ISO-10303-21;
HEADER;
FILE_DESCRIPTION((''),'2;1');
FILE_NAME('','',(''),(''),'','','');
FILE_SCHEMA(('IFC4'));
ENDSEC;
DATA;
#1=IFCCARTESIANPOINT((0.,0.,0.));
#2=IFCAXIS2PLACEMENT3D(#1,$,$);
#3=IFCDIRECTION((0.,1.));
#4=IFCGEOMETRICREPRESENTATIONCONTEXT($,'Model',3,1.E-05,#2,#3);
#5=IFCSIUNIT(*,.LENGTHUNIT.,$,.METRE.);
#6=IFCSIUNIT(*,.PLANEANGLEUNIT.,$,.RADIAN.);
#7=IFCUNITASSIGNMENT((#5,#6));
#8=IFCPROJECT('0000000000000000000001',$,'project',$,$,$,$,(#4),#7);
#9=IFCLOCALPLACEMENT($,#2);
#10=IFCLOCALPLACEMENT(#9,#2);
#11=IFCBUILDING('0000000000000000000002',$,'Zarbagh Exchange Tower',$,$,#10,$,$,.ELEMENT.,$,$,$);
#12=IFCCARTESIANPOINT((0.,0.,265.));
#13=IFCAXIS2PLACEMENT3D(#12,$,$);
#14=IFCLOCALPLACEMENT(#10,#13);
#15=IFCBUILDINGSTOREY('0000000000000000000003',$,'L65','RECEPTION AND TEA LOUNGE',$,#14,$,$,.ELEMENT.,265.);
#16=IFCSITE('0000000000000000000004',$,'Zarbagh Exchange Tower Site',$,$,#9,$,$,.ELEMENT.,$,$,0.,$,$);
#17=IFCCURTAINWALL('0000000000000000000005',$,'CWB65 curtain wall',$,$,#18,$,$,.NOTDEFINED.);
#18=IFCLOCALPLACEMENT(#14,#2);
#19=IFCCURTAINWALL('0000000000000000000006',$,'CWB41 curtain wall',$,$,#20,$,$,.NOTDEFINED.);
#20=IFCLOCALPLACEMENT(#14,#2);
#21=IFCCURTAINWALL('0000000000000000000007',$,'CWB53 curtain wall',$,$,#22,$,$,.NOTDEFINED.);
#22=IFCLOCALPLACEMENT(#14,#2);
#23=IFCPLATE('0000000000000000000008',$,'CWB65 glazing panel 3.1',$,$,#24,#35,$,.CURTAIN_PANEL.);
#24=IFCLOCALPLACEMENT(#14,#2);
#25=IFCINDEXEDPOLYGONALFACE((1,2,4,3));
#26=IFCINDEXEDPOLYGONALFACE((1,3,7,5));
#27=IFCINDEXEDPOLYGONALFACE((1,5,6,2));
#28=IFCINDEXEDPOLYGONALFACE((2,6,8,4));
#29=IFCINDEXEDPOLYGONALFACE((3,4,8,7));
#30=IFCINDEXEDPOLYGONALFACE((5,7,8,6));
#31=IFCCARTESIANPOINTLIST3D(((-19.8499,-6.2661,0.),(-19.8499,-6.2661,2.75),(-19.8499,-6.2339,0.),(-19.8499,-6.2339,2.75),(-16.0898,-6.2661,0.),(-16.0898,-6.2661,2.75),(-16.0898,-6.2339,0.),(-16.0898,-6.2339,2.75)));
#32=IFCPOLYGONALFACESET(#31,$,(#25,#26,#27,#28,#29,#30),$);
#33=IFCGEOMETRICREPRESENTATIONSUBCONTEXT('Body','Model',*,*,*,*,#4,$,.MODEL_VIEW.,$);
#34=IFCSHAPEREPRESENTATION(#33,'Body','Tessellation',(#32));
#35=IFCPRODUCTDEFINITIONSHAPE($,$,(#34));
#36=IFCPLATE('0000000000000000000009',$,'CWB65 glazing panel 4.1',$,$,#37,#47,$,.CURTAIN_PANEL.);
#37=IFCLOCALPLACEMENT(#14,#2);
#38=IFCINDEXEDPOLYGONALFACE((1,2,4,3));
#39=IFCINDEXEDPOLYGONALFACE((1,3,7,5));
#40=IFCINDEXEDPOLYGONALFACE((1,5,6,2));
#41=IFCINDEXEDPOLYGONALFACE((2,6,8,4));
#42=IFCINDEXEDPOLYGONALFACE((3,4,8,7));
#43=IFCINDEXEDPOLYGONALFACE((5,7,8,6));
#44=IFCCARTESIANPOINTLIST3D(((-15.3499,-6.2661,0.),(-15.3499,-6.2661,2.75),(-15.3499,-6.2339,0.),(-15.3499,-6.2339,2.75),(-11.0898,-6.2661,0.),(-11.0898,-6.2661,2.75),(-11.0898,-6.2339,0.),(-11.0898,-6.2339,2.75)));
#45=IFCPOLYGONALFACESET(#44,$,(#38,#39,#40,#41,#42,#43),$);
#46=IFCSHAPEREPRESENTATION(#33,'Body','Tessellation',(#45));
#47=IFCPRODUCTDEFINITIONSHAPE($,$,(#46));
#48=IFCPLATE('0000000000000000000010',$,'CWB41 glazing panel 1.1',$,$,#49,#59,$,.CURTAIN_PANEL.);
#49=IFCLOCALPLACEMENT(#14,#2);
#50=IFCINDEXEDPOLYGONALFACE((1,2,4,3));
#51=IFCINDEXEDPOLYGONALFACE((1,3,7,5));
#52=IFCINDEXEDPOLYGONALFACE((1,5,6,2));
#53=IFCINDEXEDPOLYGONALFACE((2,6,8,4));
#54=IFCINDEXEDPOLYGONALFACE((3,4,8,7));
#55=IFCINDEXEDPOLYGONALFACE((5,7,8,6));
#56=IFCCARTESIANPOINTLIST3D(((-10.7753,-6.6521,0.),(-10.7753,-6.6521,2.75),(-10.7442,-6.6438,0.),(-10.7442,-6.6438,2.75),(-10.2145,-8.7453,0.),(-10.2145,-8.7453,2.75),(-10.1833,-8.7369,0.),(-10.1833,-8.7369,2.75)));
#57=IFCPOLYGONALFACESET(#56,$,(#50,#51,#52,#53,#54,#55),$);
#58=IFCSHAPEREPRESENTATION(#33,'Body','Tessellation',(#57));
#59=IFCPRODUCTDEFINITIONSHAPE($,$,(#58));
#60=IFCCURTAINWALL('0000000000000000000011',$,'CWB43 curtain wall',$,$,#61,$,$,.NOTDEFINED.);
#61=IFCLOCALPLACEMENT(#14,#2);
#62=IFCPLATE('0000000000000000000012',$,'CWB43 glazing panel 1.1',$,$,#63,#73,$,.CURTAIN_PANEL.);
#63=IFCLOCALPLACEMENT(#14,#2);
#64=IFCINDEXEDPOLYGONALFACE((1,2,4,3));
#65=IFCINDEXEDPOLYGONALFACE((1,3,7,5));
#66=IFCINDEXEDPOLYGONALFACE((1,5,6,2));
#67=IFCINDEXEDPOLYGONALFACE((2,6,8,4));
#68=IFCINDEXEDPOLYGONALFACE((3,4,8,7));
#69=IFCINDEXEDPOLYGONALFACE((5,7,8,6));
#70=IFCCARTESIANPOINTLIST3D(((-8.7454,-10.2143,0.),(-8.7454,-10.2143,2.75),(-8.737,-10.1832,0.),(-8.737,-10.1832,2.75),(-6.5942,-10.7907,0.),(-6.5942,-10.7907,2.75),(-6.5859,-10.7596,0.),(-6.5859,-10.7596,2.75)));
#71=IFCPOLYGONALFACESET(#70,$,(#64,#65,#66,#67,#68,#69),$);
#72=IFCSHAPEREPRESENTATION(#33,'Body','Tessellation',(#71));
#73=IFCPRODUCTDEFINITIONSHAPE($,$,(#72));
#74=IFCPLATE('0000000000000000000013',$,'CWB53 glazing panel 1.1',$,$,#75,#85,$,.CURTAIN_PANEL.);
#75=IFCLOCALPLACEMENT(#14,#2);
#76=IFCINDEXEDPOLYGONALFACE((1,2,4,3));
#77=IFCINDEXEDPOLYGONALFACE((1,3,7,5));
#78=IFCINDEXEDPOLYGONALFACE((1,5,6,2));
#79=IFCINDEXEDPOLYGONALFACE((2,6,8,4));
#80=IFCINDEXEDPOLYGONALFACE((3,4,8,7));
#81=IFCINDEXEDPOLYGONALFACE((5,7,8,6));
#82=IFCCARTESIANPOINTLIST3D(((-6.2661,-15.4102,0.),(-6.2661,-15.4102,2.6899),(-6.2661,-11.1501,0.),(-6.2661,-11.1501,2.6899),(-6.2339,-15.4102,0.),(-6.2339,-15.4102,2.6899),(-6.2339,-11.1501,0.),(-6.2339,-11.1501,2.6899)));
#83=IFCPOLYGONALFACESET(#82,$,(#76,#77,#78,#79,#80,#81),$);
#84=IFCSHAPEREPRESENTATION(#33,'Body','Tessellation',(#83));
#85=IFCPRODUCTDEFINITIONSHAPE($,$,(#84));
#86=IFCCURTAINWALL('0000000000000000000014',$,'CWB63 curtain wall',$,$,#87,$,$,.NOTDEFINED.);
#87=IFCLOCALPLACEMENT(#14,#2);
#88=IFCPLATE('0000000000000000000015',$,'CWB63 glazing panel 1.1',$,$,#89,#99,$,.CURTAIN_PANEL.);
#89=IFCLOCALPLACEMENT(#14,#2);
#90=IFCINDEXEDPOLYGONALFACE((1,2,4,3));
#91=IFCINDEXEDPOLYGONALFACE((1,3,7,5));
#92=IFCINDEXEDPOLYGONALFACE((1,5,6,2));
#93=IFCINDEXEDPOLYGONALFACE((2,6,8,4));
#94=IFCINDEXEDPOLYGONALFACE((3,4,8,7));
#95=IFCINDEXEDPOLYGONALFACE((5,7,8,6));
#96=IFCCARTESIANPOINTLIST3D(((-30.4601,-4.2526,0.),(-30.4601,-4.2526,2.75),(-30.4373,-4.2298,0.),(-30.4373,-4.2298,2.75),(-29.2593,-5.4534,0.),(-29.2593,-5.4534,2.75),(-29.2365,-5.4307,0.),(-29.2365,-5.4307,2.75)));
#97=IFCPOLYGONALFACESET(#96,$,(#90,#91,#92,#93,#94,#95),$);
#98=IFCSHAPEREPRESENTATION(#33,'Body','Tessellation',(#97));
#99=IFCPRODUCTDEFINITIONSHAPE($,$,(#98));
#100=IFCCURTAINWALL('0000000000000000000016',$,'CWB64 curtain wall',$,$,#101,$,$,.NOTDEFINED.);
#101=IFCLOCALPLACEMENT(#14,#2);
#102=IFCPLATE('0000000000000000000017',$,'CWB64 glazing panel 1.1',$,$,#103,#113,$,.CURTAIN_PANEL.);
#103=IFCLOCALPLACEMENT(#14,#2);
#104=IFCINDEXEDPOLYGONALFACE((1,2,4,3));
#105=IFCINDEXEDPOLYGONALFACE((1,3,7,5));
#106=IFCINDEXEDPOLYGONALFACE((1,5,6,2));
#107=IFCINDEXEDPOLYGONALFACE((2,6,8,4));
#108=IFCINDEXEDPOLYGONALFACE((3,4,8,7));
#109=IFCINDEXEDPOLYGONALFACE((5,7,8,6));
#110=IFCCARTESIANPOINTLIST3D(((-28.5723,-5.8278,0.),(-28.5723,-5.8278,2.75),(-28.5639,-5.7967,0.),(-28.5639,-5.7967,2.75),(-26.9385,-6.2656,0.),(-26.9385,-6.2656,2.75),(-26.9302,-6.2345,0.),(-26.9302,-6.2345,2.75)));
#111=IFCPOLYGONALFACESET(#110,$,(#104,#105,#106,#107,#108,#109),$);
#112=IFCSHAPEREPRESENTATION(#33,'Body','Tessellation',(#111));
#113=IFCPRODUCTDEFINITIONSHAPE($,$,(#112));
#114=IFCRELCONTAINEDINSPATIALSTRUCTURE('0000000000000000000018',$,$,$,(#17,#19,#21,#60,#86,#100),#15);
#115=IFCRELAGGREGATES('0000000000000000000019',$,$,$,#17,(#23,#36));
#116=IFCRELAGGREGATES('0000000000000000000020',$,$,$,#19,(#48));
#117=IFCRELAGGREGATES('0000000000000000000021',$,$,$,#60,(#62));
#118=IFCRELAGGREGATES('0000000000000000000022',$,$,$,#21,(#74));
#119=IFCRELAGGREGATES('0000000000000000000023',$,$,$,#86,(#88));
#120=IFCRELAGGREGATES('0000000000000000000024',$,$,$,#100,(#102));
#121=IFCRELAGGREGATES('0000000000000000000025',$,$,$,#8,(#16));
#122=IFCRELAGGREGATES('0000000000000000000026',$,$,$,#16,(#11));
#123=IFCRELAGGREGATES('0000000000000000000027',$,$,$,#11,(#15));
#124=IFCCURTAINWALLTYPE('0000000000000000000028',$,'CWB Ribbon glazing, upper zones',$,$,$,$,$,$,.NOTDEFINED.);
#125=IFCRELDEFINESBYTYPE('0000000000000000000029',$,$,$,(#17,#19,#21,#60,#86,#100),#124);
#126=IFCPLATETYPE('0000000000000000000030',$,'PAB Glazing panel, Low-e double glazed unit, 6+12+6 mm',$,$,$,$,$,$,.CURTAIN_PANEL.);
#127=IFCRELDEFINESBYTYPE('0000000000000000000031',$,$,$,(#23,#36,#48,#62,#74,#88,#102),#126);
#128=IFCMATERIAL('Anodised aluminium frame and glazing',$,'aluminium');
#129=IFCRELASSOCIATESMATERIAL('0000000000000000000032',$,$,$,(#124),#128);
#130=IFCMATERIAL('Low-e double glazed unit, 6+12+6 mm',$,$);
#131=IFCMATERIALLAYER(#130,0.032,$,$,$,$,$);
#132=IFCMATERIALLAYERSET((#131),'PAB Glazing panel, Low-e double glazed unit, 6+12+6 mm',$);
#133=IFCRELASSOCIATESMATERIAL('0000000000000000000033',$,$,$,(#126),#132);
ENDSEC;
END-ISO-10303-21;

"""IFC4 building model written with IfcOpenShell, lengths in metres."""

from ifc_helpers import new_model, si_unit, direction, frame, origin, place, context, subcontext, project, spatial, polyline, outline, extrude, source, transform, mapped, material, layer, layer_set, type_object, element, aggregate, save


model = new_model("IFC4")

# Units and contexts
model_context = context("Model", 3, precision=1e-05, world=origin(), true_north=direction((0.0, 1.0)))
body_context = subcontext(model_context, "Body", "Model", "MODEL_VIEW")
ifc_project = project(units=[si_unit("LENGTHUNIT", "METRE"), si_unit("PLANEANGLEUNIT", "RADIAN")], contexts=[model_context])

# Site, building, storey
site_placement = place(None, origin())
site = spatial("IfcSite", under=ifc_project, at=site_placement, Name="Zarbagh Exchange Tower Site", CompositionType="ELEMENT", RefElevation=0.0)
building_placement = place(site_placement, origin())
building = spatial("IfcBuilding", under=site, at=building_placement, Name="Zarbagh Exchange Tower", CompositionType="ELEMENT")
storey_placement = place(building_placement, frame((0.0, 0.0, 265.0)))
storey = spatial("IfcBuildingStorey", under=building, at=storey_placement, Name="L65", Description="RECEPTION AND TEA LOUNGE", CompositionType="ELEMENT", Elevation=265.0)

# Shared definitions
ifc_material_1 = material(Name="Anodised aluminium frame and glazing", Category="aluminium")
curtain_wall_type = type_object("IfcCurtainWallType", Name="CWB Ribbon glazing, upper zones", PredefinedType="NOTDEFINED", material=ifc_material_1)
placement = place(storey_placement, origin())

# Curtain wall
curtain_wall_1_placement = place(storey_placement, origin())
curtain_wall_1 = element("IfcCurtainWall", 1, at=curtain_wall_1_placement, inside=storey, type_object=curtain_wall_type, Name="CWB65 curtain wall", PredefinedType="NOTDEFINED")

# Curtain walls
curtain_wall_2_placement = place(storey_placement, origin())
curtain_wall_2 = element("IfcCurtainWall", 2, at=curtain_wall_2_placement, inside=storey, type_object=curtain_wall_type, Name="CWB41 curtain wall", PredefinedType="NOTDEFINED")
curtain_wall_3_placement = place(storey_placement, origin())
curtain_wall_3 = element("IfcCurtainWall", 3, at=curtain_wall_3_placement, inside=storey, type_object=curtain_wall_type, Name="CWB53 curtain wall", PredefinedType="NOTDEFINED")

# Shared definitions
ifc_material_2 = material(Name="Low-e double glazed unit, 6+12+6 mm")
ifc_layer = layer(ifc_material_2, 0.032)
ifc_layer_set = layer_set([ifc_layer], Name="PAB Glazing panel, Low-e double glazed unit, 6+12+6 mm")
plate_type = type_object("IfcPlateType", Name="PAB Glazing panel, Low-e double glazed unit, 6+12+6 mm", PredefinedType="CURTAIN_PANEL", material=ifc_layer_set)

# Plates
shared_shape_1 = source(origin(), body_context, "Body", "SweptSolid", [
    extrude(outline(polyline([(0.0, -0.0161), (3.76, -0.0161), (3.76, 0.0161), (0.0, 0.0161), (0.0, -0.0161)])), origin(), (0.0, 0.0, 1.0), 2.75),
])
plate_1 = element("IfcPlate", 4, at=placement, type_object=plate_type, Name="CWB65 glazing panel 3.1", PredefinedType="CURTAIN_PANEL", context=body_context, shape_type="MappedRepresentation", body=[
    mapped(shared_shape_1, transform((-19.8499, -6.25, 0.0), x_axis=(1.0, 0.0, 0.0), y_axis=(0.0, 1.0, 0.0), z_axis=(0.0, 0.0, 1.0))),
])
shared_shape_2 = source(origin(), body_context, "Body", "SweptSolid", [
    extrude(outline(polyline([(0.0, -0.0161), (4.26, -0.0161), (4.26, 0.0161), (0.0, 0.0161), (0.0, -0.0161)])), origin(), (0.0, 0.0, 1.0), 2.75),
])
plate_2 = element("IfcPlate", 5, at=placement, type_object=plate_type, Name="CWB65 glazing panel 4.1", PredefinedType="CURTAIN_PANEL", context=body_context, shape_type="MappedRepresentation", body=[
    mapped(shared_shape_2, transform((-15.3499, -6.25, 0.0), x_axis=(1.0, 0.0, 0.0), y_axis=(0.0, 1.0, 0.0), z_axis=(0.0, 0.0, 1.0))),
])
aggregate(curtain_wall_1, [plate_1, plate_2])
shared_shape_3 = source(origin(), body_context, "Body", "SweptSolid", [
    extrude(outline(polyline([(0.0, -0.0161), (2.167, -0.0161), (2.167, 0.0161), (0.0, 0.0161), (0.0, -0.0161)])), origin(), (0.0, 0.0, 1.0), 2.75),
])
plate_3 = element("IfcPlate", 6, at=placement, type_object=plate_type, Name="CWB41 glazing panel 1.1", PredefinedType="CURTAIN_PANEL", context=body_context, shape_type="MappedRepresentation", body=[
    mapped(shared_shape_3, transform((-10.7598, -6.6479, 0.0), x_axis=(0.258825, -0.965924, 0.0), y_axis=(0.965924, 0.258825, 0.0), z_axis=(0.0, 0.0, 1.0))),
])
aggregate(curtain_wall_2, [plate_3])

# Curtain wall, plate
curtain_wall_4_placement = place(storey_placement, origin())
curtain_wall_4 = element("IfcCurtainWall", 7, at=curtain_wall_4_placement, inside=storey, type_object=curtain_wall_type, Name="CWB43 curtain wall", PredefinedType="NOTDEFINED")
shared_shape_4 = source(origin(), body_context, "Body", "SweptSolid", [
    extrude(outline(polyline([(0.0, -0.0161), (2.2271, -0.0161), (2.2271, 0.0161), (0.0, 0.0161), (0.0, -0.0161)])), origin(), (0.0, 0.0, 1.0), 2.75),
])
plate_4 = element("IfcPlate", 8, at=placement, type_object=plate_type, Name="CWB43 glazing panel 1.1", PredefinedType="CURTAIN_PANEL", context=body_context, shape_type="MappedRepresentation", body=[
    mapped(shared_shape_4, transform((-8.7412, -10.1987, 0.0), x_axis=(0.965924, -0.258825, 0.0), y_axis=(0.258825, 0.965924, 0.0), z_axis=(0.0, 0.0, 1.0))),
])
aggregate(curtain_wall_4, [plate_4])

# Plate
shared_shape_5 = source(origin(), body_context, "Body", "SweptSolid", [
    extrude(outline(polyline([(0.0, -0.0161), (4.26, -0.0161), (4.26, 0.0161), (0.0, 0.0161), (0.0, -0.0161)])), origin(), (0.0, 0.0, 1.0), 2.6899),
])
plate_5 = element("IfcPlate", 9, at=placement, type_object=plate_type, Name="CWB53 glazing panel 1.1", PredefinedType="CURTAIN_PANEL", context=body_context, shape_type="MappedRepresentation", body=[
    mapped(shared_shape_5, transform((-6.25, -11.1501, 0.0), x_axis=(0.0, -1.0, 0.0), y_axis=(1.0, 0.0, 0.0), z_axis=(0.0, 0.0, 1.0))),
])
aggregate(curtain_wall_3, [plate_5])

# Curtain walls, plates
curtain_wall_5_placement = place(storey_placement, origin())
curtain_wall_5 = element("IfcCurtainWall", 10, at=curtain_wall_5_placement, inside=storey, type_object=curtain_wall_type, Name="CWB63 curtain wall", PredefinedType="NOTDEFINED")
shared_shape_6 = source(origin(), body_context, "Body", "SweptSolid", [
    extrude(outline(polyline([(0.0, -0.0161), (1.6982, -0.0161), (1.6982, 0.0161), (0.0, 0.0161), (0.0, -0.0161)])), origin(), (0.0, 0.0, 1.0), 2.75),
])
plate_6 = element("IfcPlate", 11, at=placement, type_object=plate_type, Name="CWB63 glazing panel 1.1", PredefinedType="CURTAIN_PANEL", context=body_context, shape_type="MappedRepresentation", body=[
    mapped(shared_shape_6, transform((-30.4487, -4.2412, 0.0), x_axis=(0.707107, -0.707107, 0.0), y_axis=(0.707107, 0.707107, 0.0), z_axis=(0.0, 0.0, 1.0))),
])
aggregate(curtain_wall_5, [plate_6])
curtain_wall_6_placement = place(storey_placement, origin())
curtain_wall_6 = element("IfcCurtainWall", 12, at=curtain_wall_6_placement, inside=storey, type_object=curtain_wall_type, Name="CWB64 curtain wall", PredefinedType="NOTDEFINED")
shared_shape_7 = source(origin(), body_context, "Body", "SweptSolid", [
    extrude(outline(polyline([(0.0, -0.0161), (1.6914, -0.0161), (1.6914, 0.0161), (0.0, 0.0161), (0.0, -0.0161)])), origin(), (0.0, 0.0, 1.0), 2.75),
])
plate_7 = element("IfcPlate", 13, at=placement, type_object=plate_type, Name="CWB64 glazing panel 1.1", PredefinedType="CURTAIN_PANEL", context=body_context, shape_type="MappedRepresentation", body=[
    mapped(shared_shape_7, transform((-28.5681, -5.8123, 0.0), x_axis=(0.965924, -0.258825, 0.0), y_axis=(0.258825, 0.965924, 0.0), z_axis=(0.0, 0.0, 1.0))),
])
aggregate(curtain_wall_6, [plate_7])

save(model, "model.ifc")
